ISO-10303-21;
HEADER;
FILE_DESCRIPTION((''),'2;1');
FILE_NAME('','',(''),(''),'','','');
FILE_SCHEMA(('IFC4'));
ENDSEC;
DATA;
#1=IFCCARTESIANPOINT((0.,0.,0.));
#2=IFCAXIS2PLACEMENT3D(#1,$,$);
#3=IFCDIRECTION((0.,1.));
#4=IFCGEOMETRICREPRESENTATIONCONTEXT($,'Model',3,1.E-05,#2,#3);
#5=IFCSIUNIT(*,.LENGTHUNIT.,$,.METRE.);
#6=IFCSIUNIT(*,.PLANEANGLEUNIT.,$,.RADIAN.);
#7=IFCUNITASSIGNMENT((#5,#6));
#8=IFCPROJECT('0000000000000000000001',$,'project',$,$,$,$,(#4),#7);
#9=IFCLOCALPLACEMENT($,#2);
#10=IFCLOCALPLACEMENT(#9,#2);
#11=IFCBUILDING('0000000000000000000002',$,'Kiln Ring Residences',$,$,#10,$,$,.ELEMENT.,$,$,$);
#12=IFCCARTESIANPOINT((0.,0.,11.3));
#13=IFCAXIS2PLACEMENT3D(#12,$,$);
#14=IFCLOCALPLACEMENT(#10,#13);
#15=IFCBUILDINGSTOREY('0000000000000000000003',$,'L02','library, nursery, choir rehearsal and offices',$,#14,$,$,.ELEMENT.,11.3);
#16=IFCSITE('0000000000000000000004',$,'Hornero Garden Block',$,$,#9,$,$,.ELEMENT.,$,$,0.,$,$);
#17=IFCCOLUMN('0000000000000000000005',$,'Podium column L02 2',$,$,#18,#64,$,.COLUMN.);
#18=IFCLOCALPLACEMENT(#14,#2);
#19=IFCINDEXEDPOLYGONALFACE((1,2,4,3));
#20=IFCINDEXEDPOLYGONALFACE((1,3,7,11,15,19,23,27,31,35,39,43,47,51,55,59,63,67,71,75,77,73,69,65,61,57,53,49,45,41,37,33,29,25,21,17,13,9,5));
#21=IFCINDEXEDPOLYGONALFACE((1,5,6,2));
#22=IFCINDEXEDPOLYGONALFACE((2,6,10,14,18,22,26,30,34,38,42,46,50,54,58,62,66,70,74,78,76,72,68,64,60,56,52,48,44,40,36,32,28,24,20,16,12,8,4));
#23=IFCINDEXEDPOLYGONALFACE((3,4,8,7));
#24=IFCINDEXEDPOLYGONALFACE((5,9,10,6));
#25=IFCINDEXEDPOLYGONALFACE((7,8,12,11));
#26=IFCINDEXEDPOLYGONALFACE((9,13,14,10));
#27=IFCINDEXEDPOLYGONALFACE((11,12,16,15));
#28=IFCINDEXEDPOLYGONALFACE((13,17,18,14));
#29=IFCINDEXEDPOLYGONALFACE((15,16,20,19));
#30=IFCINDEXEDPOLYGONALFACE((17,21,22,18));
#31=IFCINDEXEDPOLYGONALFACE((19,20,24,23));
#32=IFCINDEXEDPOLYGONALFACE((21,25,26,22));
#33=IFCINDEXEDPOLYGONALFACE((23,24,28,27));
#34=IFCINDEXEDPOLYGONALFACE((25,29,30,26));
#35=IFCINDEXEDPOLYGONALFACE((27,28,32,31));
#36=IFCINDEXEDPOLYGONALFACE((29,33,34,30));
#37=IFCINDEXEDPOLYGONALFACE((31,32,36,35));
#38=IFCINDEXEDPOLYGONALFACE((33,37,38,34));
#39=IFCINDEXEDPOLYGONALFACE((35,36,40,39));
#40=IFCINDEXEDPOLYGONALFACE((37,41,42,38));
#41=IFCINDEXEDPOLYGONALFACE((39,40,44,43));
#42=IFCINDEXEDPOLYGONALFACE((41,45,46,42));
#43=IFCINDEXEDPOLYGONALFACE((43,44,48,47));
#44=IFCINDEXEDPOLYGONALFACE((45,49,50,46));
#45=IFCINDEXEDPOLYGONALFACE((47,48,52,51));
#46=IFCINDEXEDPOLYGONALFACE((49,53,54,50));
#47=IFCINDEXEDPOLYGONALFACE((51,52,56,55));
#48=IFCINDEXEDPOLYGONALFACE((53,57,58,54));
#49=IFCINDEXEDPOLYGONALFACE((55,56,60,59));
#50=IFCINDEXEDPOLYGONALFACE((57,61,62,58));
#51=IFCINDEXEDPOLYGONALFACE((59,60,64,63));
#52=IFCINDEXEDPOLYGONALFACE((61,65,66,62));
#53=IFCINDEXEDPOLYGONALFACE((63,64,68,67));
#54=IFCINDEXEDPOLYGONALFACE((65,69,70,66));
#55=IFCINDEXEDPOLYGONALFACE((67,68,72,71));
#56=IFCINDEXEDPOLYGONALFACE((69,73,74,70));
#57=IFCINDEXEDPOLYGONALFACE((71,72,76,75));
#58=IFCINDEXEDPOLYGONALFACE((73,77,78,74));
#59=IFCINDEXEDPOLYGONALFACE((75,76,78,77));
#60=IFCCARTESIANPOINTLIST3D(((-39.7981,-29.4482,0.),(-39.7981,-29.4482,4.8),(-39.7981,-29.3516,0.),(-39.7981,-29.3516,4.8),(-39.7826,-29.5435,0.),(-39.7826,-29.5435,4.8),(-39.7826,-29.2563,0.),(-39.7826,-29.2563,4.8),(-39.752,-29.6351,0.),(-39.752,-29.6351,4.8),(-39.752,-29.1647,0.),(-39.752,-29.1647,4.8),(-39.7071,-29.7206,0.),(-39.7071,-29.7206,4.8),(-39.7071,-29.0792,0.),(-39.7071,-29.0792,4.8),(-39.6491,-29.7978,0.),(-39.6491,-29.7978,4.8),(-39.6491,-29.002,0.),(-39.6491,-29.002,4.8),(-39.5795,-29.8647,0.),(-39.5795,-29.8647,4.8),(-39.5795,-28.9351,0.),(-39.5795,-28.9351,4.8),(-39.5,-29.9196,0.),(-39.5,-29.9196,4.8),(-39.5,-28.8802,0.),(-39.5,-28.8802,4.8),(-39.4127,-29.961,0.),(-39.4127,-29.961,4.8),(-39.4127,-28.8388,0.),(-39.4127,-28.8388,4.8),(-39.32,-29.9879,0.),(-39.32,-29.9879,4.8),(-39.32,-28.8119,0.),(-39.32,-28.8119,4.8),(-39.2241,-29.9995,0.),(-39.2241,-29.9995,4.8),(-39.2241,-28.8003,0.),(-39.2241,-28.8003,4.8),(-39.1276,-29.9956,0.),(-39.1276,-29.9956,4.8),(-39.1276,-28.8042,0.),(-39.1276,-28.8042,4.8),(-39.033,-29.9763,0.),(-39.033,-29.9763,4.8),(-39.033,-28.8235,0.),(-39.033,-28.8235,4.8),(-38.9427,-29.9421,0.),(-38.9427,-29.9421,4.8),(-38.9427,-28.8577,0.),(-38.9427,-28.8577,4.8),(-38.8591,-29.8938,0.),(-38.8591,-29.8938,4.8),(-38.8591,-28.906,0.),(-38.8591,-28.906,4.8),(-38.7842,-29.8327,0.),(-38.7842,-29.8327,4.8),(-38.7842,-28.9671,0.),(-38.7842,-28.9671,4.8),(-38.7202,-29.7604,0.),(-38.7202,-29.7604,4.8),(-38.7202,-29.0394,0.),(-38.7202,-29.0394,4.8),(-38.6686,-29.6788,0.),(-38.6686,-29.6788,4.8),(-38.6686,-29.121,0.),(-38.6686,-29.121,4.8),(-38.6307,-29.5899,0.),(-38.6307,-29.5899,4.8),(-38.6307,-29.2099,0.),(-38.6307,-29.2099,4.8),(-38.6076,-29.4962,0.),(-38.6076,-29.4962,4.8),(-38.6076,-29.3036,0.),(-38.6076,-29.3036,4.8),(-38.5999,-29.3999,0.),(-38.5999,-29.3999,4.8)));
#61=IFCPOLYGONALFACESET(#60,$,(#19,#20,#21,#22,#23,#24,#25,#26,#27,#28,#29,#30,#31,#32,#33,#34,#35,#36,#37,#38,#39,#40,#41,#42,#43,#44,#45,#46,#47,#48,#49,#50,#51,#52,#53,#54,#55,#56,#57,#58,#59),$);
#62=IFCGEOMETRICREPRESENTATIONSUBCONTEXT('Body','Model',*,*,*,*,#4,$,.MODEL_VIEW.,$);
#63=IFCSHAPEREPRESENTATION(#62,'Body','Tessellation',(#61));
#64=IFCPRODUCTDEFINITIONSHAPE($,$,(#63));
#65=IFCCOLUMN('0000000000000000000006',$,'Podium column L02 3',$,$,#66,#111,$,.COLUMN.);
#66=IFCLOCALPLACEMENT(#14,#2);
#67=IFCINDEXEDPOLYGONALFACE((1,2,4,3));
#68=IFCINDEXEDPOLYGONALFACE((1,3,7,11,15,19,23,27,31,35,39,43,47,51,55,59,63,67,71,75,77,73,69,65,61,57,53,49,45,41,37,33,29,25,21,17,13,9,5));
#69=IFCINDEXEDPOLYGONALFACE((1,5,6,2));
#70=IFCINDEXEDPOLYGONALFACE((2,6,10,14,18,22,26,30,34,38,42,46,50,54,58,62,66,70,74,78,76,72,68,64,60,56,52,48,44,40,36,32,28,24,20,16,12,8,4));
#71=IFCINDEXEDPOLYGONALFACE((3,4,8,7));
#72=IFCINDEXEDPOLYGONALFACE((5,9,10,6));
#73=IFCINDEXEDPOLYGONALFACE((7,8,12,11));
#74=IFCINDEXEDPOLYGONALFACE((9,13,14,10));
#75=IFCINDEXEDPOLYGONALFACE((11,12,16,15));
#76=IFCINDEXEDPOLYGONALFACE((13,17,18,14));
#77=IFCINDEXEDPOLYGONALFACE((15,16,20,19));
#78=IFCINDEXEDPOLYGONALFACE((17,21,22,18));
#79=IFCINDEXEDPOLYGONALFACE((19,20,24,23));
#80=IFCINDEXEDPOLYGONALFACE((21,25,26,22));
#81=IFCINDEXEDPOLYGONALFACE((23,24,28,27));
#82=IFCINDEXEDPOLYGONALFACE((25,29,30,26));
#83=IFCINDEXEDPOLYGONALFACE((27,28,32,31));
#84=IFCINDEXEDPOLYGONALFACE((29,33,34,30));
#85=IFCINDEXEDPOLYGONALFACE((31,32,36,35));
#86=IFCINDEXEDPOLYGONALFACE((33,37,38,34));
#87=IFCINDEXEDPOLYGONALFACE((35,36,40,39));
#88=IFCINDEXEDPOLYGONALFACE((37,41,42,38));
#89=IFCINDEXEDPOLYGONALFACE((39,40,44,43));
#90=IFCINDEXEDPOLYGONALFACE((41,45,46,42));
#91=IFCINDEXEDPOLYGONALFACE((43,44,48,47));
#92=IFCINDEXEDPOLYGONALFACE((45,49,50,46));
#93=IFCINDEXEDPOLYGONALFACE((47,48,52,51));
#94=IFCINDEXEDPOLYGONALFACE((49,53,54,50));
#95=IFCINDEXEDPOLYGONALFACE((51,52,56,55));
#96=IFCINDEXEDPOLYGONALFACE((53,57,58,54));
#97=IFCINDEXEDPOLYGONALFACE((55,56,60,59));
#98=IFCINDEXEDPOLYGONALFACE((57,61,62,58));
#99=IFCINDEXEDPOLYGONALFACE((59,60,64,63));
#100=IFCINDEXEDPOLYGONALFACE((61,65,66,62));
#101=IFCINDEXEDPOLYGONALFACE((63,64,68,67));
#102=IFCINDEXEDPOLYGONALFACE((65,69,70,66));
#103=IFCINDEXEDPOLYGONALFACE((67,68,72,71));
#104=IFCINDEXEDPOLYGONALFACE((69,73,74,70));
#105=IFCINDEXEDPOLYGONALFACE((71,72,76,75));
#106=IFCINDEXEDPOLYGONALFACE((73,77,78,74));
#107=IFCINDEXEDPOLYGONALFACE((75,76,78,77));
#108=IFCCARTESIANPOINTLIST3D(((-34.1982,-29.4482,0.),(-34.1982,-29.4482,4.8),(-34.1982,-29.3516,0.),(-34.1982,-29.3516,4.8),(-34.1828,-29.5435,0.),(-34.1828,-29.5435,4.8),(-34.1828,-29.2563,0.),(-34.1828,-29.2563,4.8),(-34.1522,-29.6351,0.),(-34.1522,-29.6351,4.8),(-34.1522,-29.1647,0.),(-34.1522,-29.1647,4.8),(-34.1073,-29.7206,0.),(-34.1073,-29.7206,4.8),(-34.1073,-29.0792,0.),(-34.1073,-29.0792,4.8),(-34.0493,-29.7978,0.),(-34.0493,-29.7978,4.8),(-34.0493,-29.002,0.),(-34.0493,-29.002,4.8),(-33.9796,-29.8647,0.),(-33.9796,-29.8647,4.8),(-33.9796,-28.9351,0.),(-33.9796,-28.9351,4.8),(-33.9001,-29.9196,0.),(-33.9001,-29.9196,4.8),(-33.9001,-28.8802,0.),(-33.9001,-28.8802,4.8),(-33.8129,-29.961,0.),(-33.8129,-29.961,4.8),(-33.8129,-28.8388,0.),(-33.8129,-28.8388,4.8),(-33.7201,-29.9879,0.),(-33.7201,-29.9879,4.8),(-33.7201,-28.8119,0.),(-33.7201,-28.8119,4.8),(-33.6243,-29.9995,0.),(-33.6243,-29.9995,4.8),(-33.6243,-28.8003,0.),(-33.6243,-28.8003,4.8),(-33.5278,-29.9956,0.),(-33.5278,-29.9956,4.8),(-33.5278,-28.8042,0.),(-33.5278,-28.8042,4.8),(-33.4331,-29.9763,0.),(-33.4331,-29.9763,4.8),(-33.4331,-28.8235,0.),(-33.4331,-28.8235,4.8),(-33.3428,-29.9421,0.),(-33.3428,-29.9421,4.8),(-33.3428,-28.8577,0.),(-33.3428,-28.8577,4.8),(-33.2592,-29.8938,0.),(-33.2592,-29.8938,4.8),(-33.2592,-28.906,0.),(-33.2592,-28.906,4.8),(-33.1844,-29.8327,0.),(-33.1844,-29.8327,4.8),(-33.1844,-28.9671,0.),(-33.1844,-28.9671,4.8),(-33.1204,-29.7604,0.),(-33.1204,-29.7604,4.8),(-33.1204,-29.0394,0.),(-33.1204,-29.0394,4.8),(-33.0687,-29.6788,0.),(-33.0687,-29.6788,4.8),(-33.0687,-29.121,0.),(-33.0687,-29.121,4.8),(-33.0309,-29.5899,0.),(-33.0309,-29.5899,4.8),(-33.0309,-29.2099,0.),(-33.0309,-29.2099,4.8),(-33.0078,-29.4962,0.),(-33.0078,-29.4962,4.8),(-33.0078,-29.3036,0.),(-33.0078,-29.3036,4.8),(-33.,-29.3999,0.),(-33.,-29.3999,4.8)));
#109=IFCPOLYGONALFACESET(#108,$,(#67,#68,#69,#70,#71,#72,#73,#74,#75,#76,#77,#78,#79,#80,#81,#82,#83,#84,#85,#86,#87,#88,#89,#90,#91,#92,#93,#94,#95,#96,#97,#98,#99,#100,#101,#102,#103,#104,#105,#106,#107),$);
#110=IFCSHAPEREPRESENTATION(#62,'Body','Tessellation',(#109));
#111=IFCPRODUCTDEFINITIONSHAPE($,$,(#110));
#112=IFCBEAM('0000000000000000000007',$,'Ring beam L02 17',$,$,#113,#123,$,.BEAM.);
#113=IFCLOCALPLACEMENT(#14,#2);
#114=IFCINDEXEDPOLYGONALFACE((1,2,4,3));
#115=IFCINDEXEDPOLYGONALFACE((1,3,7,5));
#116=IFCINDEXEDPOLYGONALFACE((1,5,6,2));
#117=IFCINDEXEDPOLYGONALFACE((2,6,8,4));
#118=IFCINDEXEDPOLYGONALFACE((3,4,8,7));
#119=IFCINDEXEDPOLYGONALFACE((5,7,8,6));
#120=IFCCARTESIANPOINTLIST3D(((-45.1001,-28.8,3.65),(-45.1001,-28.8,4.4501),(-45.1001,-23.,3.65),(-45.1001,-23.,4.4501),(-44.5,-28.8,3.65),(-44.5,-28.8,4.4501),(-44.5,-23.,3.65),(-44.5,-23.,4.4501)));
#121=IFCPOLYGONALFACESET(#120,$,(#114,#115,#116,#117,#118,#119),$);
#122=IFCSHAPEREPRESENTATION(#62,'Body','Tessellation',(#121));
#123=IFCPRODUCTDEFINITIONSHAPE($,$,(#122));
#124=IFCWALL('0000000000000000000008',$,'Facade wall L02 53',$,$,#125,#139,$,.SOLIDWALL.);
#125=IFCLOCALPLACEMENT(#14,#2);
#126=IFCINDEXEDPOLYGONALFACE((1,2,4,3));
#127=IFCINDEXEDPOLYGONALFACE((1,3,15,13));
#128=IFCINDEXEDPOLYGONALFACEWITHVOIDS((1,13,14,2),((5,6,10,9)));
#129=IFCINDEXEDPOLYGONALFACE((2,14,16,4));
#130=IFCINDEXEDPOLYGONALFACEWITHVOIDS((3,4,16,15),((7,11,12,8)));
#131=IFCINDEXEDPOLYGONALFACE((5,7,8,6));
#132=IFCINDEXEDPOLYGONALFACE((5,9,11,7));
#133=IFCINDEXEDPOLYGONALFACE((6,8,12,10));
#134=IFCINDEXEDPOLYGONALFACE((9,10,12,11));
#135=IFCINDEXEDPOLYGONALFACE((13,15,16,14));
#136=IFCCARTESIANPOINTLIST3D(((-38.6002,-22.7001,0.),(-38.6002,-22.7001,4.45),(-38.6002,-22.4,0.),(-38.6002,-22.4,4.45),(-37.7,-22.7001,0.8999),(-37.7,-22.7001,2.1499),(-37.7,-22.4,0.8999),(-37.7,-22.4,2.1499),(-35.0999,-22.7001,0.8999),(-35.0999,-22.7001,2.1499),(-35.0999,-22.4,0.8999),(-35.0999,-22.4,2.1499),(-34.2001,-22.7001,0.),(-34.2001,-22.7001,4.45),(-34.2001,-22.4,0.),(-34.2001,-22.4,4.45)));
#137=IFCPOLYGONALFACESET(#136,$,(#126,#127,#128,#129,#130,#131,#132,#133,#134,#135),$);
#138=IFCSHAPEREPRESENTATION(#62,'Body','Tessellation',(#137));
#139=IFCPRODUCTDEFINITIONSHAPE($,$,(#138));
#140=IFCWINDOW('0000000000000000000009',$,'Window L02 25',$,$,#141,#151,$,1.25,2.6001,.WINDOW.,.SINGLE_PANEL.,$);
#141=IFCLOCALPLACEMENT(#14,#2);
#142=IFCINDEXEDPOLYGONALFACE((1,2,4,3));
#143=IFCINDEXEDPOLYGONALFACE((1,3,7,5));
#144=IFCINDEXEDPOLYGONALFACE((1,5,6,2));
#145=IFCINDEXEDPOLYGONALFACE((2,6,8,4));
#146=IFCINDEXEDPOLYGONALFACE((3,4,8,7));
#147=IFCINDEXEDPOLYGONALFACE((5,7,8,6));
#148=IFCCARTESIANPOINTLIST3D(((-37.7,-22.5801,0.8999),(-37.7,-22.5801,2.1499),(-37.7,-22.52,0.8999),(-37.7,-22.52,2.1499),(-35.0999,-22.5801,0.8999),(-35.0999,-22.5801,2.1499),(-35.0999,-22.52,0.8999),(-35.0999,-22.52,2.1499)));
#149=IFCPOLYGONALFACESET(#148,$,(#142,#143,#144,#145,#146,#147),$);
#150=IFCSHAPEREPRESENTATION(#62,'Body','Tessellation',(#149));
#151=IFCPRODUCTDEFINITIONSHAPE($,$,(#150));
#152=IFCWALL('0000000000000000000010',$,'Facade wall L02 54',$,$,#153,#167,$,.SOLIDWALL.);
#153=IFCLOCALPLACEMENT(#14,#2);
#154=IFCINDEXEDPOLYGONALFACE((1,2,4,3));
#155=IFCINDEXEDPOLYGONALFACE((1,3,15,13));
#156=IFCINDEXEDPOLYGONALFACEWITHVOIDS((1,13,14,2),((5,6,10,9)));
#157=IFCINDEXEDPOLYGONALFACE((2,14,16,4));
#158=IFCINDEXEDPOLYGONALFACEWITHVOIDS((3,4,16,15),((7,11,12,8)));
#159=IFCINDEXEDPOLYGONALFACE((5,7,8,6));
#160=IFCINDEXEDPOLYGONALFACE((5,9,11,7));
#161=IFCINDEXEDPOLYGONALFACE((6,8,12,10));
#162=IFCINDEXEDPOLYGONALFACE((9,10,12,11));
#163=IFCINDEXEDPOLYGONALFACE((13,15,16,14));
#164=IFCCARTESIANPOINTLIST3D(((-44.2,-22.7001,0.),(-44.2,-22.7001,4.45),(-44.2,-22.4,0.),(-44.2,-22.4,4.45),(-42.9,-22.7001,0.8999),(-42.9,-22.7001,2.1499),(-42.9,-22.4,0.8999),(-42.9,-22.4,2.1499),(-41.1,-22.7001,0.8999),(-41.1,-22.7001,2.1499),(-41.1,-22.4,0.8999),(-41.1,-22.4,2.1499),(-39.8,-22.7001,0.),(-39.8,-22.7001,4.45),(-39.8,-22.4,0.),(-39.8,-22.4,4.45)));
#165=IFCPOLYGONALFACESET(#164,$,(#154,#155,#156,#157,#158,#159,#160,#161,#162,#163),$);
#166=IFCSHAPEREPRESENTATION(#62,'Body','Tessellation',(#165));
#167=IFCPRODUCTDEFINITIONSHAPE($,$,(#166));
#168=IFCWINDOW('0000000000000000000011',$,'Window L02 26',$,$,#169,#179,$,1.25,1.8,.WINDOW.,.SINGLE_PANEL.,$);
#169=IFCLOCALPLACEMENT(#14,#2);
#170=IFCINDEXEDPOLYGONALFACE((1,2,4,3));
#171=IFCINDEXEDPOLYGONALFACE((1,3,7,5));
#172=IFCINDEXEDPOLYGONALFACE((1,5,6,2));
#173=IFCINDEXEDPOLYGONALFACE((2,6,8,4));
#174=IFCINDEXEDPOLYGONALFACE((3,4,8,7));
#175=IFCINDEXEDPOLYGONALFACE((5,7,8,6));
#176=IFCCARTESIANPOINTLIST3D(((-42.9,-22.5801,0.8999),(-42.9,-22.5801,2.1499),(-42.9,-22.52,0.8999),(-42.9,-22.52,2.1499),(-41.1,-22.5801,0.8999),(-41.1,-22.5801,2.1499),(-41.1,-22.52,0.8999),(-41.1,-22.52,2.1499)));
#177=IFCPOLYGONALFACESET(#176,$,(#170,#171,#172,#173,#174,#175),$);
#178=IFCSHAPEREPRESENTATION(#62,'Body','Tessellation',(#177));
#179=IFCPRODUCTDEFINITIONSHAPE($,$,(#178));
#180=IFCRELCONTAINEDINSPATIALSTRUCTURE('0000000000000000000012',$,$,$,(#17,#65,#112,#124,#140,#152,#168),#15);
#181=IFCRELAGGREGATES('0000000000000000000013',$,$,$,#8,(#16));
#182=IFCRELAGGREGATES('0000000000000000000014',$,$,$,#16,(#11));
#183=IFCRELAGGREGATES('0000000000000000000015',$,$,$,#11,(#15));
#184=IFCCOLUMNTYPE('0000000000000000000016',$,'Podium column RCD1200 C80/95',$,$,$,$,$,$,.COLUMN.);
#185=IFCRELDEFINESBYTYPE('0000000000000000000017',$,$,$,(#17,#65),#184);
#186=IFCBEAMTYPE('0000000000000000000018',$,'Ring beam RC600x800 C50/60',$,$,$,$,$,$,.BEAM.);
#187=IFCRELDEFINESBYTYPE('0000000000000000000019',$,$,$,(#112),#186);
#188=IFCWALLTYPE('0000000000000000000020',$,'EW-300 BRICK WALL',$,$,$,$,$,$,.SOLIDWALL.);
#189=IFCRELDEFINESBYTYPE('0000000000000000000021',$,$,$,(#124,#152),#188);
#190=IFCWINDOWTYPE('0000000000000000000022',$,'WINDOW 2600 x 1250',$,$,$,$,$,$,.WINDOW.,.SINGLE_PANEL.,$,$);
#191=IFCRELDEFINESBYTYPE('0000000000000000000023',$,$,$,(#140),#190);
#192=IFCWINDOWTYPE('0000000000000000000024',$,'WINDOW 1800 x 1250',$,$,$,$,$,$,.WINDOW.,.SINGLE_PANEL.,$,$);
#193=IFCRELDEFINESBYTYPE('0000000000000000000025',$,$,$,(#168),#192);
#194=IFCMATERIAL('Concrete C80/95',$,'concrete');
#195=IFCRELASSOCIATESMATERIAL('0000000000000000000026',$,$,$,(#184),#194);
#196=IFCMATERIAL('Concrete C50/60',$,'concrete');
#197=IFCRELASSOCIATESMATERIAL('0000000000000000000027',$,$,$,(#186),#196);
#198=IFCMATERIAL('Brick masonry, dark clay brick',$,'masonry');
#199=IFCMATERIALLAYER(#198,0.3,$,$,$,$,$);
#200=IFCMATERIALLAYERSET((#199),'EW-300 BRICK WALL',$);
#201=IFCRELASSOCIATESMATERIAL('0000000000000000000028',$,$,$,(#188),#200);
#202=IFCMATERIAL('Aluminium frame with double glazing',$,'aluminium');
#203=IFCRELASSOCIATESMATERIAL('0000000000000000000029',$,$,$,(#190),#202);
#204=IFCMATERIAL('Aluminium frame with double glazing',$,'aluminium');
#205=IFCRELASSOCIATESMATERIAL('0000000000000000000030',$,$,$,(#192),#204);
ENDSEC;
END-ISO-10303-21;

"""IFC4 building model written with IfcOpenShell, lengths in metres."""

from ifc_helpers import new_model, si_unit, direction, frame, frame_2d, origin, origin_2d, place, context, subcontext, project, spatial, rectangle, circle, extrude, material, layer, layer_set, material_profile, profile_set, type_object, element, fill, save


model = new_model("IFC4")

# Units and contexts
model_context = context("Model", 3, precision=1e-05, world=origin(), true_north=direction((0.0, 1.0)))
body_context = subcontext(model_context, "Body", "Model", "MODEL_VIEW")
ifc_project = project(units=[si_unit("LENGTHUNIT", "METRE"), si_unit("PLANEANGLEUNIT", "RADIAN")], contexts=[model_context])

# Site, building, storey
site_placement = place(None, origin())
site = spatial("IfcSite", under=ifc_project, at=site_placement, Name="Hornero Garden Block", CompositionType="ELEMENT", RefElevation=0.0)
building_placement = place(site_placement, origin())
building = spatial("IfcBuilding", under=site, at=building_placement, Name="Kiln Ring Residences", CompositionType="ELEMENT")
storey_placement = place(building_placement, frame((0.0, 0.0, 11.3)))
storey = spatial("IfcBuildingStorey", under=building, at=storey_placement, Name="L02", Description="library, nursery, choir rehearsal and offices", CompositionType="ELEMENT", Elevation=11.3)

# Columns
ifc_material_1 = material(Name="Concrete C80/95", Category="concrete")
ifc_material_profile_1 = material_profile(ifc_material_1, circle(Radius=0.6001, at=origin_2d()), Name="RCD1200")
ifc_profile_set_1 = profile_set([ifc_material_profile_1], Name="Concrete C80/95")
column_type = type_object("IfcColumnType", Name="Podium column RCD1200 C80/95", PredefinedType="COLUMN", material=ifc_profile_set_1)
for number, where, z_axis, x_axis, name in (
    (1, (-39.2, -29.3999, 0.0), (0.0, 0.0, 1.0), (1.0, 0.0, 0.0), "Podium column L02 2"),
    (2, (-33.6001, -29.3999, 0.0), (0.0, 0.0, 1.0), (1.0, 0.0, 0.0), "Podium column L02 3"),
):
    element("IfcColumn", number, at=place(storey_placement, frame(where, z_axis=z_axis, x_axis=x_axis)), inside=storey, type_object=column_type, Name=name, PredefinedType="COLUMN", context=body_context, shape_type="SweptSolid", body=[
        extrude(circle(Radius=0.6001, at=origin_2d()), origin(), (0.0, 0.0, 1.0), 4.8),
    ])

# Beam
ifc_material_2 = material(Name="Concrete C50/60", Category="concrete")
ifc_material_profile_2 = material_profile(ifc_material_2, rectangle(XDim=0.6001, YDim=0.8, at=origin_2d()), Name="RC600x800")
ifc_profile_set_2 = profile_set([ifc_material_profile_2], Name="Concrete C50/60")
beam_type = type_object("IfcBeamType", Name="Ring beam RC600x800 C50/60", PredefinedType="BEAM", material=ifc_profile_set_2)
beam_placement = place(storey_placement, frame((-44.8, -23.0, 4.05), z_axis=(0.0, -1.0, 0.0), x_axis=(1.0, 0.0, 0.0)))
element("IfcBeam", 3, at=beam_placement, inside=storey, type_object=beam_type, Name="Ring beam L02 17", PredefinedType="BEAM", context=body_context, shape_type="SweptSolid", body=[
    extrude(rectangle(XDim=0.6001, YDim=0.8, at=origin_2d()), origin(), (0.0, 0.0, 1.0), 5.8),
])

# Walls, openings, windows
ifc_material_3 = material(Name="Brick masonry, dark clay brick", Category="masonry")
ifc_layer_1 = layer(ifc_material_3, 0.3)
ifc_layer_set_1 = layer_set([ifc_layer_1], Name="EW-300 BRICK WALL")
wall_type_1 = type_object("IfcWallType", Name="EW-300 BRICK WALL", PredefinedType="SOLIDWALL", material=ifc_layer_set_1)
wall_1_placement = place(storey_placement, frame((-34.2, -22.55, 0.0), z_axis=(0.0, 0.0, 1.0), x_axis=(-1.0, 0.0, 0.0)))
wall_1 = element("IfcWall", 4, at=wall_1_placement, inside=storey, type_object=wall_type_1, Name="Facade wall L02 53", PredefinedType="SOLIDWALL", context=body_context, shape_type="SweptSolid", body=[
    extrude(rectangle(XDim=4.4001, YDim=0.3, at=frame_2d((2.2002, 0.0))), origin(), (0.0, 0.0, 1.0), 4.45),
])
opening_1_placement = place(wall_1_placement, frame((0.8999, 0.0, 0.8999)))
opening_1 = element("IfcOpeningElement", 5, at=opening_1_placement, cuts=wall_1, PredefinedType="OPENING", context=body_context, shape_type="SweptSolid", body=[
    extrude(rectangle(XDim=2.6001, YDim=1.25, at=frame_2d((1.3, 0.625))), frame((0.0, 0.1599, 0.0), z_axis=(0.0, -1.0, 0.0), x_axis=(1.0, 0.0, 0.0)), (0.0, 0.0, 1.0), 0.3201),
])
ifc_material_4 = material(Name="Aluminium frame with double glazing", Category="aluminium")
window_type_1 = type_object("IfcWindowType", Name="WINDOW 2600 x 1250", PartitioningType="SINGLE_PANEL", PredefinedType="WINDOW", material=ifc_material_4)
window_1_placement = place(opening_1_placement, origin())
window_1 = element("IfcWindow", 6, at=window_1_placement, inside=storey, type_object=window_type_1, Name="Window L02 25", OverallHeight=1.25, OverallWidth=2.6001, PartitioningType="SINGLE_PANEL", PredefinedType="WINDOW", context=body_context, shape_type="SweptSolid", body=[
    extrude(rectangle(XDim=2.6001, YDim=1.25, at=frame_2d((1.3, 0.625))), frame((0.0, 0.03, 0.0), z_axis=(0.0, -1.0, 0.0), x_axis=(1.0, 0.0, 0.0)), (0.0, 0.0, 1.0), 0.0601),
])
fill(opening_1, window_1)
wall_2_placement = place(storey_placement, frame((-39.8, -22.55, 0.0), z_axis=(0.0, 0.0, 1.0), x_axis=(-1.0, 0.0, 0.0)))
wall_2 = element("IfcWall", 7, at=wall_2_placement, inside=storey, type_object=wall_type_1, Name="Facade wall L02 54", PredefinedType="SOLIDWALL", context=body_context, shape_type="SweptSolid", body=[
    extrude(rectangle(XDim=4.3999, YDim=0.3, at=frame_2d((2.2, 0.0))), origin(), (0.0, 0.0, 1.0), 4.45),
])
opening_2_placement = place(wall_2_placement, frame((1.3, 0.0, 0.8999)))
opening_2 = element("IfcOpeningElement", 8, at=opening_2_placement, cuts=wall_2, PredefinedType="OPENING", context=body_context, shape_type="SweptSolid", body=[
    extrude(rectangle(XDim=1.8, YDim=1.25, at=frame_2d((0.8999, 0.625))), frame((0.0, 0.1599, 0.0), z_axis=(0.0, -1.0, 0.0), x_axis=(1.0, 0.0, 0.0)), (0.0, 0.0, 1.0), 0.3201),
])
ifc_material_5 = material(Name="Aluminium frame with double glazing", Category="aluminium")
window_type_2 = type_object("IfcWindowType", Name="WINDOW 1800 x 1250", PartitioningType="SINGLE_PANEL", PredefinedType="WINDOW", material=ifc_material_5)
window_2_placement = place(opening_2_placement, origin())
window_2 = element("IfcWindow", 9, at=window_2_placement, inside=storey, type_object=window_type_2, Name="Window L02 26", OverallHeight=1.25, OverallWidth=1.8, PartitioningType="SINGLE_PANEL", PredefinedType="WINDOW", context=body_context, shape_type="SweptSolid", body=[
    extrude(rectangle(XDim=1.8, YDim=1.25, at=frame_2d((0.8999, 0.625))), frame((0.0, 0.03, 0.0), z_axis=(0.0, -1.0, 0.0), x_axis=(1.0, 0.0, 0.0)), (0.0, 0.0, 1.0), 0.0601),
])
fill(opening_2, window_2)

save(model, "model.ifc")
